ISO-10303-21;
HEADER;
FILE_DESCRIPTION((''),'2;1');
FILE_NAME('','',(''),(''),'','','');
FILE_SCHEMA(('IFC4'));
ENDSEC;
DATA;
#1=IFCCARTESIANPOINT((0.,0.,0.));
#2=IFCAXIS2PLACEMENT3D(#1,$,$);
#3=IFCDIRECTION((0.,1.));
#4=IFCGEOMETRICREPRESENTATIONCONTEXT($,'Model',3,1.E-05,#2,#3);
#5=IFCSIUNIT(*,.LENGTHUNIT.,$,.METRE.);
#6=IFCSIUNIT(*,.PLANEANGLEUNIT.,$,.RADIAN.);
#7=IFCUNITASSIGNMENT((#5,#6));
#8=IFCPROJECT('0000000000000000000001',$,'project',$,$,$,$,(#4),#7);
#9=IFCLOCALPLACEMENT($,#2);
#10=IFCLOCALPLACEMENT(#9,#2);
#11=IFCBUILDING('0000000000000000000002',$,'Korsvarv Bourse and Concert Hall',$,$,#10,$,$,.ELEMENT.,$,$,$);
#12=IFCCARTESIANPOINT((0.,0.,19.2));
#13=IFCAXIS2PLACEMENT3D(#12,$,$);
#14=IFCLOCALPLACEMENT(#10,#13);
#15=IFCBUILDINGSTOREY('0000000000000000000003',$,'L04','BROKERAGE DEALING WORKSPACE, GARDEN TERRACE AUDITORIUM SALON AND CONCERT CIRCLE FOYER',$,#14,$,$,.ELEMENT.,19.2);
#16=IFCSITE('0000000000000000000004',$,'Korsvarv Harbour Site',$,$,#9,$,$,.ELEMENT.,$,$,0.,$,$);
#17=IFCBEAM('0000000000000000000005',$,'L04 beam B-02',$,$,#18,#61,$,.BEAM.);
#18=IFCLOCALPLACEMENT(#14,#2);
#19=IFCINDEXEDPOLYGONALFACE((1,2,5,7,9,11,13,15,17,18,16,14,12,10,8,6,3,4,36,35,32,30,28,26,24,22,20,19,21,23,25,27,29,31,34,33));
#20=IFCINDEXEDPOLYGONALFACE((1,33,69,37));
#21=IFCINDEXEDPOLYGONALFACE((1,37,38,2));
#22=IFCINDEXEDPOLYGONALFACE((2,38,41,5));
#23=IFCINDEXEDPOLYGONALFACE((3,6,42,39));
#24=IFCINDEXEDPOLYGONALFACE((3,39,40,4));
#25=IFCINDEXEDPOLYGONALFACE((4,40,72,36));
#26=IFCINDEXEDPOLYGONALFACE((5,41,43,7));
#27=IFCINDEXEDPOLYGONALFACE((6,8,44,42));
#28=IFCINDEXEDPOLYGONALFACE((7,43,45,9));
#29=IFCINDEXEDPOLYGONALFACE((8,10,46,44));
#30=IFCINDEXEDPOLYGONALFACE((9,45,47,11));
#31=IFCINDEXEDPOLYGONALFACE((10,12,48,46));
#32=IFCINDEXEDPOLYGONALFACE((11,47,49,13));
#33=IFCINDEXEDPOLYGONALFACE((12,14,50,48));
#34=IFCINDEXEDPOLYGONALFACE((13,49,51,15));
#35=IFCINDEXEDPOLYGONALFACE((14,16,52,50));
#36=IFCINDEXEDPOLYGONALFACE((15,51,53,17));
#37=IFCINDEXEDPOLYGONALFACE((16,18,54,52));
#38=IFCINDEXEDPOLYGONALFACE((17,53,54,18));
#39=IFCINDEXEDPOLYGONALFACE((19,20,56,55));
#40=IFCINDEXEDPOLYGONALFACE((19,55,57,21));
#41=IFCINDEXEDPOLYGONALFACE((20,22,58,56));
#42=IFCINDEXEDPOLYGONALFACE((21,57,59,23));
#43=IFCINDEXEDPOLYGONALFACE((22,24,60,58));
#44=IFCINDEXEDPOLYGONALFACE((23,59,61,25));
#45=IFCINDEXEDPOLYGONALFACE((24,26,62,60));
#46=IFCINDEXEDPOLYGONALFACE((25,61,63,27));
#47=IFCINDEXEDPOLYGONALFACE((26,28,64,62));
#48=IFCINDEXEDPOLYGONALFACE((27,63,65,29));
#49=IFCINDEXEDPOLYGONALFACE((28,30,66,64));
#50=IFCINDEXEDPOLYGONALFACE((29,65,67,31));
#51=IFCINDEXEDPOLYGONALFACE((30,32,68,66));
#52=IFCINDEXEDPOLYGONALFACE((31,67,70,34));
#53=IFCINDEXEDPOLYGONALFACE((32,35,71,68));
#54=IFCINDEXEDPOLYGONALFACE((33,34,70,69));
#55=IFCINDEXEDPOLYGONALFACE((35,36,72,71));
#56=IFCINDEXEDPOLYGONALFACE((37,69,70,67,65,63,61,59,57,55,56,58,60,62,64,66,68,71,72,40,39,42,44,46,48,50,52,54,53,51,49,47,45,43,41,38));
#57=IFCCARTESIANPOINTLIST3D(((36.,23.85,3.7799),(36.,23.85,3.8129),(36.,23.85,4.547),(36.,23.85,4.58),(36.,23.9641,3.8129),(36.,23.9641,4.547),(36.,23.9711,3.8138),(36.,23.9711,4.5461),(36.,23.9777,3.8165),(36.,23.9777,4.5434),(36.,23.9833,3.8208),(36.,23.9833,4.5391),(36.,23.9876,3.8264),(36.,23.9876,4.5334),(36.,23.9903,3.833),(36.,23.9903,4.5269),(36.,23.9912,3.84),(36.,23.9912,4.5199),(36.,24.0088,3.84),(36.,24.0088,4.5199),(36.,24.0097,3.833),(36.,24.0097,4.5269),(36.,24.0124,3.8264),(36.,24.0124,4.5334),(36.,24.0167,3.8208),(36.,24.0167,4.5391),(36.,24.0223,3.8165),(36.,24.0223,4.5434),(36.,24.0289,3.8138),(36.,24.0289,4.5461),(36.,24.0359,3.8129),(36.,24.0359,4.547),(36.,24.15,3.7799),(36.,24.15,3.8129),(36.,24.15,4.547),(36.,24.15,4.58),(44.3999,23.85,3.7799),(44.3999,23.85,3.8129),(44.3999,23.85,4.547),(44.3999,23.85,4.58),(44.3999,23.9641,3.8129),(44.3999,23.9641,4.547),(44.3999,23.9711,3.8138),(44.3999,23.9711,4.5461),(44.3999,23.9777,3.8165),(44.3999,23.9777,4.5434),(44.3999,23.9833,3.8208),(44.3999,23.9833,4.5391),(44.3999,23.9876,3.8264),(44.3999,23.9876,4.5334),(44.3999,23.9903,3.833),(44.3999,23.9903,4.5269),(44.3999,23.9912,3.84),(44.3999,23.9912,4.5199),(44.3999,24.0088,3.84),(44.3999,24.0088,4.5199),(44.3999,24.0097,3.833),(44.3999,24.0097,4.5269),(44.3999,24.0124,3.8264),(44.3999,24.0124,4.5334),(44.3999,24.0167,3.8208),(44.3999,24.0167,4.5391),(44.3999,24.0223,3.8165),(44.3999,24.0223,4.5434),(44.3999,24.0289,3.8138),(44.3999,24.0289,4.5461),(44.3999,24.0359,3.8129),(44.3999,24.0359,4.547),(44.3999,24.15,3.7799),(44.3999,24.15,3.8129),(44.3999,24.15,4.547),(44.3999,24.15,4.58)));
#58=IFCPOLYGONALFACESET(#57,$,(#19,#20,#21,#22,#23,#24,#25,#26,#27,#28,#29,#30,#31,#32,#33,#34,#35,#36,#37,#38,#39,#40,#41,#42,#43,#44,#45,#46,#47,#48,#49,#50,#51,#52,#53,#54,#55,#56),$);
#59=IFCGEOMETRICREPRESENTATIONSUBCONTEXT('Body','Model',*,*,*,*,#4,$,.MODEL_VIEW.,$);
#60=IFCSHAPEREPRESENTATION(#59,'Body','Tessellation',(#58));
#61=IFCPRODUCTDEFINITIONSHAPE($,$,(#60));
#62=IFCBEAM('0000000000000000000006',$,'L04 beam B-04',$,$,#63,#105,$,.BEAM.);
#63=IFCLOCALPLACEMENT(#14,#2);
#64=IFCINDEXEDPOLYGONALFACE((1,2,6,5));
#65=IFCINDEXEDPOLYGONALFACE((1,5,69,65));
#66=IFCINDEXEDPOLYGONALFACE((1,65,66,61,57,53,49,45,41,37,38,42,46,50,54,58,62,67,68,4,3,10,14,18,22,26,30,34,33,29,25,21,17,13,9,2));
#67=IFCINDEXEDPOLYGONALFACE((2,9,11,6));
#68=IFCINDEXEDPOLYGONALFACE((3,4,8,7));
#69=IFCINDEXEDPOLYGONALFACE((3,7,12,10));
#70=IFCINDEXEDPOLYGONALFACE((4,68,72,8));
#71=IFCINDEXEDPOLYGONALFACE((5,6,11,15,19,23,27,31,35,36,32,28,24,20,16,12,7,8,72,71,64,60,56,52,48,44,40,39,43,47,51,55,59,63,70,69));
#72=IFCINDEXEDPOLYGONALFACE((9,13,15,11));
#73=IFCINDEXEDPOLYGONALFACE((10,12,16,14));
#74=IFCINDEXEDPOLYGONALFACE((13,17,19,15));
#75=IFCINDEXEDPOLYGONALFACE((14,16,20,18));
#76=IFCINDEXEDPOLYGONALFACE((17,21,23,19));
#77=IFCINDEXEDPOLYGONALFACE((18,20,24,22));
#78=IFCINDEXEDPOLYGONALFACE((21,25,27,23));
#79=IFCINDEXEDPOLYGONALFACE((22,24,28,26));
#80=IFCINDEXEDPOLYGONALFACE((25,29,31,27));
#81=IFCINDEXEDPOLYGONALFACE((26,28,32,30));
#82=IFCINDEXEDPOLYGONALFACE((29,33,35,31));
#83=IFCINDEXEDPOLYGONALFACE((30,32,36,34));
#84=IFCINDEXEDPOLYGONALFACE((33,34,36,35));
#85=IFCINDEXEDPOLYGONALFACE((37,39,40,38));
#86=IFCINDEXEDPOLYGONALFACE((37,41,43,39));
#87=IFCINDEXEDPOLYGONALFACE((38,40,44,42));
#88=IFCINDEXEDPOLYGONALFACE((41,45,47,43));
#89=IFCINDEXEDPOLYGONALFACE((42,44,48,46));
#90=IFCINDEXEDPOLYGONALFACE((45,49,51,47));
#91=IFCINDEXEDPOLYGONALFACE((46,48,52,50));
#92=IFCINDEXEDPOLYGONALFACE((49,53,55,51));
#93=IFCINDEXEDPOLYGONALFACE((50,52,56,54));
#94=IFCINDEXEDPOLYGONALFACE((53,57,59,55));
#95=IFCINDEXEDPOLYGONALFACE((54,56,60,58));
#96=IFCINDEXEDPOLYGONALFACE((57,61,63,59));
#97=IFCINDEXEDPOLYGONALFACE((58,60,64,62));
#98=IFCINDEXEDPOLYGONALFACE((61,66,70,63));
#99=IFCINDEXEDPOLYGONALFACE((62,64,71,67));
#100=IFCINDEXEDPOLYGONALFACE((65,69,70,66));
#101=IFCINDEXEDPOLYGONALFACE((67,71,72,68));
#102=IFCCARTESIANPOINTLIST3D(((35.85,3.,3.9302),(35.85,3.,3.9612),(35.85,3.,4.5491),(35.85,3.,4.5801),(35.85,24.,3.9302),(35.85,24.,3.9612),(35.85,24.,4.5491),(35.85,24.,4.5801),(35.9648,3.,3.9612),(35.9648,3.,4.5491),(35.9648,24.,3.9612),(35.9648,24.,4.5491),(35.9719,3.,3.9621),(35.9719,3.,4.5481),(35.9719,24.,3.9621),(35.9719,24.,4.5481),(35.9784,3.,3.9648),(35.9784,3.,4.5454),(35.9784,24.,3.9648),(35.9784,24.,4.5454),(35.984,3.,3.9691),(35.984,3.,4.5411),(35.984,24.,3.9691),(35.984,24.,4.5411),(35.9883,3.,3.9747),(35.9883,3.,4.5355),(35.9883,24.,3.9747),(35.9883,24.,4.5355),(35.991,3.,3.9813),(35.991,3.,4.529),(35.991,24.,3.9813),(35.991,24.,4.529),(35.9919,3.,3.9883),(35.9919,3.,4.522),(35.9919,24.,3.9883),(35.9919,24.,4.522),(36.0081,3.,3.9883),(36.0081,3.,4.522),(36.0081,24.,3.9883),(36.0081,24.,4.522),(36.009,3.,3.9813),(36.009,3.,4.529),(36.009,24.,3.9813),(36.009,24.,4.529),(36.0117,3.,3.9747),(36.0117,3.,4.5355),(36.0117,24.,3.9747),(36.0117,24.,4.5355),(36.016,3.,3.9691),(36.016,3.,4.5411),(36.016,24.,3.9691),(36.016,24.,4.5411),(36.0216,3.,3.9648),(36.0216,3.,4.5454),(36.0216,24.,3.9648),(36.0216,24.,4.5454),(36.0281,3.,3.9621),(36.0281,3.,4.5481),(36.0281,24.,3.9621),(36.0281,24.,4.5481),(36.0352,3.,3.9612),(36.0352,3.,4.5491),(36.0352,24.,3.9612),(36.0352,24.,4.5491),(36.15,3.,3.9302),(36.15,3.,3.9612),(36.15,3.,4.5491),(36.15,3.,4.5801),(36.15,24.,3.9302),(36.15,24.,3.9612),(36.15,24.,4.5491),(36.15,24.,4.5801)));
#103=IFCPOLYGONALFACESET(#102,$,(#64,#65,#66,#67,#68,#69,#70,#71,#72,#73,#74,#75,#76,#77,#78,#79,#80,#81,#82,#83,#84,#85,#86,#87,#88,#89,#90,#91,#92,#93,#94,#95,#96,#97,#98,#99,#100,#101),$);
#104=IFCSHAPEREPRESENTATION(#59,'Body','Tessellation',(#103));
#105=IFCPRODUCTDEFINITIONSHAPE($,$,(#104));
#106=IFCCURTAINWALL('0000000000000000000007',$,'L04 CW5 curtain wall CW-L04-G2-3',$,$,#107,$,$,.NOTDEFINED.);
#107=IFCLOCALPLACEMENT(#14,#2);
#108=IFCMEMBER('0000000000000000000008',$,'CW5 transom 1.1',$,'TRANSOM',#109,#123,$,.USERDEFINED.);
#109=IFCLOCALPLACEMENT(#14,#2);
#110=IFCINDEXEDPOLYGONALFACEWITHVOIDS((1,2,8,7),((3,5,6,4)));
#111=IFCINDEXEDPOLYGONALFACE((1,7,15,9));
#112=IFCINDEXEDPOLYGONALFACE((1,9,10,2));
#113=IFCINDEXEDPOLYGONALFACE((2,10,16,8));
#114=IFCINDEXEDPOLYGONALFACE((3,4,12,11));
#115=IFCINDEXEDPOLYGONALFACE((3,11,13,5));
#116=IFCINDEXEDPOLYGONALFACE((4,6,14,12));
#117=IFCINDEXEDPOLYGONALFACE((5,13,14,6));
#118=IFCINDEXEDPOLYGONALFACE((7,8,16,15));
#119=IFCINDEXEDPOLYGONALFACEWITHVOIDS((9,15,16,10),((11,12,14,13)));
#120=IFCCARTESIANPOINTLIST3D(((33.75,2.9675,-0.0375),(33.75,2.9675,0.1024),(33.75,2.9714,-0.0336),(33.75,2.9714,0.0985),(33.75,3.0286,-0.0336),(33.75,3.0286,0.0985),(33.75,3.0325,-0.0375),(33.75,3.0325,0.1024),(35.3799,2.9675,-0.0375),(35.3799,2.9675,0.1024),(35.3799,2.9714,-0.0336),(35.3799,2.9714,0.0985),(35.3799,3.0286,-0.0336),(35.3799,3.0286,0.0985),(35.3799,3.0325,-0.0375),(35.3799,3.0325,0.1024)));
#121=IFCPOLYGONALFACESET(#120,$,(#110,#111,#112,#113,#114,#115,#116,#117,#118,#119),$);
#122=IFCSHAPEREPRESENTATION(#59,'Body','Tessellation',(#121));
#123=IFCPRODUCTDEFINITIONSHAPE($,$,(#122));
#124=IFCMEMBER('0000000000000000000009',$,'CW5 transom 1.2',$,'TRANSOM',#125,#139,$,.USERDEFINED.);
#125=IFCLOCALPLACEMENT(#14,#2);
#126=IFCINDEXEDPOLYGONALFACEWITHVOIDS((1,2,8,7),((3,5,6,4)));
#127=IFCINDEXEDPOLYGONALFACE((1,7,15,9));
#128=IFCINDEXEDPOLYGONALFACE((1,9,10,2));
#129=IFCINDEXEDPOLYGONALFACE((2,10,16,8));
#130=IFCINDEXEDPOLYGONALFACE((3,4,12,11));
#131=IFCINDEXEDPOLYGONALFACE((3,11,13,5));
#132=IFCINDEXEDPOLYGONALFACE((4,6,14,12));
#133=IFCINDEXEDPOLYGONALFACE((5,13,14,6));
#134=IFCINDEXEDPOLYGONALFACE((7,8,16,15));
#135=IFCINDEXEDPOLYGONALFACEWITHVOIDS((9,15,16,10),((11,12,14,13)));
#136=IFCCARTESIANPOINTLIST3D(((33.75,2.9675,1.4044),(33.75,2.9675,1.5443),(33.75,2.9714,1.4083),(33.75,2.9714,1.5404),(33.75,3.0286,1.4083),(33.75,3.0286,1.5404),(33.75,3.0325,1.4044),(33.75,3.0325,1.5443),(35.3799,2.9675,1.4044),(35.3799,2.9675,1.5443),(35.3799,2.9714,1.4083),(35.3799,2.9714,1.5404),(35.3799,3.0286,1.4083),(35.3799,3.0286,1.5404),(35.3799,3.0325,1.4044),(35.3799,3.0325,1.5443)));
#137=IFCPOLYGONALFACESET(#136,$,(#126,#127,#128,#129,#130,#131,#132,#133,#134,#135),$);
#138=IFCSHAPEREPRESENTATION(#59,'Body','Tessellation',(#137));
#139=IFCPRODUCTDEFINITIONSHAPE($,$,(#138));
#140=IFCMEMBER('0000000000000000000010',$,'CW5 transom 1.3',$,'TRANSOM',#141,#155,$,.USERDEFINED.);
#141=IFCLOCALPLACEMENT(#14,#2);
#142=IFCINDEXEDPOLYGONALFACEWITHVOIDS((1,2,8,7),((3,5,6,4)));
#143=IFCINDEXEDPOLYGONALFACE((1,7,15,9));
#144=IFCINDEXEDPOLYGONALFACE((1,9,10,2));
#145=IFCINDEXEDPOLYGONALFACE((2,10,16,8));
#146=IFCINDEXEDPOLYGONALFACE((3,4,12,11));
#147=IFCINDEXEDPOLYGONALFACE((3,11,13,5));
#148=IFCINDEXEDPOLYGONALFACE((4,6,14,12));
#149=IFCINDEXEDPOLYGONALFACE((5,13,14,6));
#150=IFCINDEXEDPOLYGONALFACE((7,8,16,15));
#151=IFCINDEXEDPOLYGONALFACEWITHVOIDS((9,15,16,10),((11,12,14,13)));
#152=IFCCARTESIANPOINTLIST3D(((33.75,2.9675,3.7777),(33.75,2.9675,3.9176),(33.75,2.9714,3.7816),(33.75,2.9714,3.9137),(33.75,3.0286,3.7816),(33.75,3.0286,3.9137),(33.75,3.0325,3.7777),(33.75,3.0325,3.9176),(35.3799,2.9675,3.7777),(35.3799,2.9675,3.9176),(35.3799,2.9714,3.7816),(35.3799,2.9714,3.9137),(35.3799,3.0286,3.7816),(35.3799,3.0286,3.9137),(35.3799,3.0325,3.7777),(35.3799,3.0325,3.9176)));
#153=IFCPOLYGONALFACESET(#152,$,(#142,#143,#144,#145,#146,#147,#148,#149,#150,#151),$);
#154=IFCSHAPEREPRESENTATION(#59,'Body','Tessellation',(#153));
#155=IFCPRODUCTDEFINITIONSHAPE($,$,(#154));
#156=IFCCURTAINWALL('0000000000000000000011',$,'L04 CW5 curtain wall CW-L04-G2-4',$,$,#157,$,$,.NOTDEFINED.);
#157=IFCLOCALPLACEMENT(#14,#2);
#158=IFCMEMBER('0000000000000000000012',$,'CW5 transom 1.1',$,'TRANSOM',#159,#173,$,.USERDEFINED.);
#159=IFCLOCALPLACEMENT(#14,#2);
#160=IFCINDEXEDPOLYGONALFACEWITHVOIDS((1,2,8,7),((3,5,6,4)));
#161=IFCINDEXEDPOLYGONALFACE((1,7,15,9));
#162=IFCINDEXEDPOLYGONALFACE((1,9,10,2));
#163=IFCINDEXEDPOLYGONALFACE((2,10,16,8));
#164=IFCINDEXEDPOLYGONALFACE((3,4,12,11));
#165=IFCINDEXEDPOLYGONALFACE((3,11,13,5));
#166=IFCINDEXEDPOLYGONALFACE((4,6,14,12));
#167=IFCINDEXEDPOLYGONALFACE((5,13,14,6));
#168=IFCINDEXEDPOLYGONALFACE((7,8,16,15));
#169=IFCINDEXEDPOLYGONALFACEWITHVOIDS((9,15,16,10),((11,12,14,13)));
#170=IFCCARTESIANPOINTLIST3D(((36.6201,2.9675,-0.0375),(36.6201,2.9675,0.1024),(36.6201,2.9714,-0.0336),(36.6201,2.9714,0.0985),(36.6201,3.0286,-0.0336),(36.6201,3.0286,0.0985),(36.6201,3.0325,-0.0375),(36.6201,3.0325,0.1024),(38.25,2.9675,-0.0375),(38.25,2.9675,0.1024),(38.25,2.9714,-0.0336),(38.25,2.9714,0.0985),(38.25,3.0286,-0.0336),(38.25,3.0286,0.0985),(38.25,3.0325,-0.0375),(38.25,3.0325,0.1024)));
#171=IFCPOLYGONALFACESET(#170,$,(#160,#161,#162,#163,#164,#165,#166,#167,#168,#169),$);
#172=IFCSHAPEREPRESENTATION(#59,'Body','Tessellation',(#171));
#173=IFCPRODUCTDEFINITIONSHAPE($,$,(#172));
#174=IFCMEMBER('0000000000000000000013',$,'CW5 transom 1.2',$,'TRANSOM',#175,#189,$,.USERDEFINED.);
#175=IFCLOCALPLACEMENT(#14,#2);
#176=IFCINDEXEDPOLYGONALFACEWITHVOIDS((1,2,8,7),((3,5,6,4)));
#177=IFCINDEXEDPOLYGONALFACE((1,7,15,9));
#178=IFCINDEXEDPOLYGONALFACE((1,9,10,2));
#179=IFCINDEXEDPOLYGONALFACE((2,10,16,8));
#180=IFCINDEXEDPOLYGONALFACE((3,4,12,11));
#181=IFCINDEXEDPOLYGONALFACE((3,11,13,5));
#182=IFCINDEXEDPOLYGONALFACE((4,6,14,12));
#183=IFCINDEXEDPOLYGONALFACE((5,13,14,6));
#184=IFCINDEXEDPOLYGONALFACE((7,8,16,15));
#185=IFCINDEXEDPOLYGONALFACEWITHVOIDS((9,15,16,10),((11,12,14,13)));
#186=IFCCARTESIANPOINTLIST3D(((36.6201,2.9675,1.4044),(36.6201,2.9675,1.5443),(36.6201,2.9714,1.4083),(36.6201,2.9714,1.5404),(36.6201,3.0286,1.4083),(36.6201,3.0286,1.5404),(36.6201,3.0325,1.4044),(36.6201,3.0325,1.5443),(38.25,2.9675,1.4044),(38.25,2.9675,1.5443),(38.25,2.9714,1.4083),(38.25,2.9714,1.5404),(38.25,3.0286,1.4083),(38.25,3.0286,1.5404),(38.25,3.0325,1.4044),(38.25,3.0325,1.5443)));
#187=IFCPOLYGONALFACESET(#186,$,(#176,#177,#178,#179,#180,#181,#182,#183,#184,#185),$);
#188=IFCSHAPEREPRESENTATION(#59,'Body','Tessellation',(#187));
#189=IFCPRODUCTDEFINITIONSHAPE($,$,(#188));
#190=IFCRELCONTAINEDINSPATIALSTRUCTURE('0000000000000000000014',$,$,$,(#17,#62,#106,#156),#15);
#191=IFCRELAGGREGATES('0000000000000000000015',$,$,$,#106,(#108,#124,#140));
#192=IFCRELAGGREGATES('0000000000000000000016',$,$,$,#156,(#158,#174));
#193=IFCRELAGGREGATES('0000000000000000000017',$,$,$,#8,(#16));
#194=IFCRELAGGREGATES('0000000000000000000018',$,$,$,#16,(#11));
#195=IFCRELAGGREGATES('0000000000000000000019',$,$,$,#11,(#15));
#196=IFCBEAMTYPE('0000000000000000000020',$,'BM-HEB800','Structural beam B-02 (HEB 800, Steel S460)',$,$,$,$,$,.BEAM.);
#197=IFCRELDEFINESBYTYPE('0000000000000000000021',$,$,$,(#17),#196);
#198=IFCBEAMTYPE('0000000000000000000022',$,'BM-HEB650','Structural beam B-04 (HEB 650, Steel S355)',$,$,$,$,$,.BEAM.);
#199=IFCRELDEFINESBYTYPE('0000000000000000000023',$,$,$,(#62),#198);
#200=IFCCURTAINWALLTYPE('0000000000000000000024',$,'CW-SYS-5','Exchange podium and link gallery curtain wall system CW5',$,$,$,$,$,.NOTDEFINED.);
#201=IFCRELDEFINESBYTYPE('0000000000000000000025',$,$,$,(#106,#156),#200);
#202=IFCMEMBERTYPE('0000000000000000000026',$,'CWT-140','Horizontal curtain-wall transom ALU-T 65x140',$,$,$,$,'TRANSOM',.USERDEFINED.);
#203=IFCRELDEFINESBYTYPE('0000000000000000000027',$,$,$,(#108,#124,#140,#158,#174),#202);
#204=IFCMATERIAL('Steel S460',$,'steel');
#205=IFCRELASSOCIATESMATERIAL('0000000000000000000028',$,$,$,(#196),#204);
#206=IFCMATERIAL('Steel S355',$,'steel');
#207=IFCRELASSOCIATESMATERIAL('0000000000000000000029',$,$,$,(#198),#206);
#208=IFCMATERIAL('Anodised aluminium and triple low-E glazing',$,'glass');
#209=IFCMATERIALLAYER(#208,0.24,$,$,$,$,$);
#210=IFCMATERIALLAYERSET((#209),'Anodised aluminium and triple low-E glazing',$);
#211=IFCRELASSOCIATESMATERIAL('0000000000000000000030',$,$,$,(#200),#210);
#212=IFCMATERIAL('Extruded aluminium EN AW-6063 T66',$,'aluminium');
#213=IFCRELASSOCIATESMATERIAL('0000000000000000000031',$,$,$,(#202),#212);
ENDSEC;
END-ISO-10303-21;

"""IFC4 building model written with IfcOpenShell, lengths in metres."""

from ifc_helpers import new_model, si_unit, direction, frame, origin, origin_2d, place, context, subcontext, project, spatial, hollow_rectangle, i_section, extrude, source, transform, mapped, material, layer, layer_set, material_profile, profile_set, type_object, element, aggregate, save


model = new_model("IFC4")

# Units and contexts
model_context = context("Model", 3, precision=1e-05, world=origin(), true_north=direction((0.0, 1.0)))
body_context = subcontext(model_context, "Body", "Model", "MODEL_VIEW")
ifc_project = project(units=[si_unit("LENGTHUNIT", "METRE"), si_unit("PLANEANGLEUNIT", "RADIAN")], contexts=[model_context])

# Site, building, storey
site_placement = place(None, origin())
site = spatial("IfcSite", under=ifc_project, at=site_placement, Name="Korsvarv Harbour Site", CompositionType="ELEMENT", RefElevation=0.0)
building_placement = place(site_placement, origin())
building = spatial("IfcBuilding", under=site, at=building_placement, Name="Korsvarv Bourse and Concert Hall", CompositionType="ELEMENT")
storey_placement = place(building_placement, frame((0.0, 0.0, 19.2)))
storey = spatial("IfcBuildingStorey", under=building, at=storey_placement, Name="L04", Description="BROKERAGE DEALING WORKSPACE, GARDEN TERRACE AUDITORIUM SALON AND CONCERT CIRCLE FOYER", CompositionType="ELEMENT", Elevation=19.2)

# Shared definitions
ifc_material_1 = material(Name="Steel S460", Category="steel")

# Beams
ifc_material_2 = material(Name="Steel S355", Category="steel")
ifc_material_profile_1 = material_profile(ifc_material_1, i_section(OverallWidth=0.3, OverallDepth=0.8, WebThickness=0.0176, FlangeThickness=0.033, FilletRadius=0.0271, at=origin_2d()), Name="HEB 800")
ifc_profile_set_1 = profile_set([ifc_material_profile_1], Name="Steel S460")
beam_type_1 = type_object("IfcBeamType", Name="BM-HEB800", Description="Structural beam B-02 (HEB 800, Steel S460)", PredefinedType="BEAM", material=ifc_profile_set_1)
shared_shape_1 = source(origin(), body_context, "Body", "SweptSolid", [
    extrude(i_section(OverallWidth=0.3, OverallDepth=0.8, WebThickness=0.0176, FlangeThickness=0.033, FilletRadius=0.0271, at=origin_2d()), origin(), (0.0, 0.0, 1.0), 8.3999),
])
beam_1_placement = place(storey_placement, frame((36.0, 24.0, 4.1799), z_axis=(1.0, 0.0, 0.0), x_axis=(0.0, 1.0, 0.0)))
element("IfcBeam", 1, at=beam_1_placement, inside=storey, type_object=beam_type_1, Name="L04 beam B-02", PredefinedType="BEAM", context=body_context, shape_type="MappedRepresentation", body=[
    mapped(shared_shape_1, transform((0.0, 0.0, 0.0), scale=1.0)),
])
ifc_material_profile_2 = material_profile(ifc_material_2, i_section(OverallWidth=0.3, OverallDepth=0.6499, WebThickness=0.0161, FlangeThickness=0.031, FilletRadius=0.0271, at=origin_2d()), Name="HEB 650")
ifc_profile_set_2 = profile_set([ifc_material_profile_2], Name="Steel S355")
beam_type_2 = type_object("IfcBeamType", Name="BM-HEB650", Description="Structural beam B-04 (HEB 650, Steel S355)", PredefinedType="BEAM", material=ifc_profile_set_2)
shared_shape_2 = source(origin(), body_context, "Body", "SweptSolid", [
    extrude(i_section(OverallWidth=0.3, OverallDepth=0.6499, WebThickness=0.0161, FlangeThickness=0.031, FilletRadius=0.0271, at=origin_2d()), origin(), (0.0, 0.0, 1.0), 21.0),
])
beam_2_placement = place(storey_placement, frame((36.0, 3.0, 4.2551), z_axis=(0.0, 1.0, 0.0), x_axis=(-1.0, 0.0, 0.0)))
element("IfcBeam", 2, at=beam_2_placement, inside=storey, type_object=beam_type_2, Name="L04 beam B-04", PredefinedType="BEAM", context=body_context, shape_type="MappedRepresentation", body=[
    mapped(shared_shape_2, transform((0.0, 0.0, 0.0), scale=1.0)),
])

# Curtain walls, members
ifc_material_3 = material(Name="Anodised aluminium and triple low-E glazing", Category="glass")
ifc_layer_1 = layer(ifc_material_3, 0.24)
ifc_layer_set_1 = layer_set([ifc_layer_1], Name="Anodised aluminium and triple low-E glazing")
curtain_wall_type = type_object("IfcCurtainWallType", Name="CW-SYS-5", Description="Exchange podium and link gallery curtain wall system CW5", PredefinedType="NOTDEFINED", material=ifc_layer_set_1)
curtain_wall_1_placement = place(storey_placement, origin())
curtain_wall_1 = element("IfcCurtainWall", 3, at=curtain_wall_1_placement, inside=storey, type_object=curtain_wall_type, Name="L04 CW5 curtain wall CW-L04-G2-3", PredefinedType="NOTDEFINED")
ifc_material_4 = material(Name="Extruded aluminium EN AW-6063 T66", Category="aluminium")
ifc_material_profile_3 = material_profile(ifc_material_4, hollow_rectangle(XDim=0.0649, YDim=0.1399, WallThickness=0.0039, at=origin_2d()), Name="ALU-T 65x140")
ifc_profile_set_3 = profile_set([ifc_material_profile_3], Name="Extruded aluminium EN AW-6063 T66")
member_type_1 = type_object("IfcMemberType", Name="CWT-140", Description="Horizontal curtain-wall transom ALU-T 65x140", ElementType="TRANSOM", PredefinedType="USERDEFINED", material=ifc_profile_set_3)
shared_shape_3 = source(origin(), body_context, "Body", "SweptSolid", [
    extrude(hollow_rectangle(XDim=0.0649, YDim=0.1399, WallThickness=0.0039, at=origin_2d()), origin(), (0.0, 0.0, 1.0), 1.6299),
])
member_1_placement = place(storey_placement, frame((33.75, 3.0, 0.0325), z_axis=(1.0, 0.0, 0.0), x_axis=(0.0, 1.0, 0.0)))
member_1 = element("IfcMember", 4, at=member_1_placement, type_object=member_type_1, Name="CW5 transom 1.1", ObjectType="TRANSOM", PredefinedType="USERDEFINED", context=body_context, shape_type="MappedRepresentation", body=[
    mapped(shared_shape_3, transform((0.0, 0.0, 0.0), scale=1.0)),
])
member_2_placement = place(storey_placement, frame((33.75, 3.0, 1.4744), z_axis=(1.0, 0.0, 0.0), x_axis=(0.0, 1.0, 0.0)))
member_2 = element("IfcMember", 5, at=member_2_placement, type_object=member_type_1, Name="CW5 transom 1.2", ObjectType="TRANSOM", PredefinedType="USERDEFINED", context=body_context, shape_type="MappedRepresentation", body=[
    mapped(shared_shape_3, transform((0.0, 0.0, 0.0), scale=1.0)),
])
member_3_placement = place(storey_placement, frame((33.75, 3.0, 3.8477), z_axis=(1.0, 0.0, 0.0), x_axis=(0.0, 1.0, 0.0)))
member_3 = element("IfcMember", 6, at=member_3_placement, type_object=member_type_1, Name="CW5 transom 1.3", ObjectType="TRANSOM", PredefinedType="USERDEFINED", context=body_context, shape_type="MappedRepresentation", body=[
    mapped(shared_shape_3, transform((0.0, 0.0, 0.0), scale=1.0)),
])
curtain_wall_2_placement = place(storey_placement, origin())
curtain_wall_2 = element("IfcCurtainWall", 7, at=curtain_wall_2_placement, inside=storey, type_object=curtain_wall_type, Name="L04 CW5 curtain wall CW-L04-G2-4", PredefinedType="NOTDEFINED")
member_4_placement = place(storey_placement, frame((36.6201, 3.0, 0.0325), z_axis=(1.0, 0.0, 0.0), x_axis=(0.0, 1.0, 0.0)))
member_4 = element("IfcMember", 8, at=member_4_placement, type_object=member_type_1, Name="CW5 transom 1.1", ObjectType="TRANSOM", PredefinedType="USERDEFINED", context=body_context, shape_type="MappedRepresentation", body=[
    mapped(shared_shape_3, transform((0.0, 0.0, 0.0), scale=1.0)),
])
member_5_placement = place(storey_placement, frame((36.6201, 3.0, 1.4744), z_axis=(1.0, 0.0, 0.0), x_axis=(0.0, 1.0, 0.0)))
member_5 = element("IfcMember", 9, at=member_5_placement, type_object=member_type_1, Name="CW5 transom 1.2", ObjectType="TRANSOM", PredefinedType="USERDEFINED", context=body_context, shape_type="MappedRepresentation", body=[
    mapped(shared_shape_3, transform((0.0, 0.0, 0.0), scale=1.0)),
])

aggregate(curtain_wall_1, [member_1, member_2, member_3])
aggregate(curtain_wall_2, [member_4, member_5])

save(model, "model.ifc")
